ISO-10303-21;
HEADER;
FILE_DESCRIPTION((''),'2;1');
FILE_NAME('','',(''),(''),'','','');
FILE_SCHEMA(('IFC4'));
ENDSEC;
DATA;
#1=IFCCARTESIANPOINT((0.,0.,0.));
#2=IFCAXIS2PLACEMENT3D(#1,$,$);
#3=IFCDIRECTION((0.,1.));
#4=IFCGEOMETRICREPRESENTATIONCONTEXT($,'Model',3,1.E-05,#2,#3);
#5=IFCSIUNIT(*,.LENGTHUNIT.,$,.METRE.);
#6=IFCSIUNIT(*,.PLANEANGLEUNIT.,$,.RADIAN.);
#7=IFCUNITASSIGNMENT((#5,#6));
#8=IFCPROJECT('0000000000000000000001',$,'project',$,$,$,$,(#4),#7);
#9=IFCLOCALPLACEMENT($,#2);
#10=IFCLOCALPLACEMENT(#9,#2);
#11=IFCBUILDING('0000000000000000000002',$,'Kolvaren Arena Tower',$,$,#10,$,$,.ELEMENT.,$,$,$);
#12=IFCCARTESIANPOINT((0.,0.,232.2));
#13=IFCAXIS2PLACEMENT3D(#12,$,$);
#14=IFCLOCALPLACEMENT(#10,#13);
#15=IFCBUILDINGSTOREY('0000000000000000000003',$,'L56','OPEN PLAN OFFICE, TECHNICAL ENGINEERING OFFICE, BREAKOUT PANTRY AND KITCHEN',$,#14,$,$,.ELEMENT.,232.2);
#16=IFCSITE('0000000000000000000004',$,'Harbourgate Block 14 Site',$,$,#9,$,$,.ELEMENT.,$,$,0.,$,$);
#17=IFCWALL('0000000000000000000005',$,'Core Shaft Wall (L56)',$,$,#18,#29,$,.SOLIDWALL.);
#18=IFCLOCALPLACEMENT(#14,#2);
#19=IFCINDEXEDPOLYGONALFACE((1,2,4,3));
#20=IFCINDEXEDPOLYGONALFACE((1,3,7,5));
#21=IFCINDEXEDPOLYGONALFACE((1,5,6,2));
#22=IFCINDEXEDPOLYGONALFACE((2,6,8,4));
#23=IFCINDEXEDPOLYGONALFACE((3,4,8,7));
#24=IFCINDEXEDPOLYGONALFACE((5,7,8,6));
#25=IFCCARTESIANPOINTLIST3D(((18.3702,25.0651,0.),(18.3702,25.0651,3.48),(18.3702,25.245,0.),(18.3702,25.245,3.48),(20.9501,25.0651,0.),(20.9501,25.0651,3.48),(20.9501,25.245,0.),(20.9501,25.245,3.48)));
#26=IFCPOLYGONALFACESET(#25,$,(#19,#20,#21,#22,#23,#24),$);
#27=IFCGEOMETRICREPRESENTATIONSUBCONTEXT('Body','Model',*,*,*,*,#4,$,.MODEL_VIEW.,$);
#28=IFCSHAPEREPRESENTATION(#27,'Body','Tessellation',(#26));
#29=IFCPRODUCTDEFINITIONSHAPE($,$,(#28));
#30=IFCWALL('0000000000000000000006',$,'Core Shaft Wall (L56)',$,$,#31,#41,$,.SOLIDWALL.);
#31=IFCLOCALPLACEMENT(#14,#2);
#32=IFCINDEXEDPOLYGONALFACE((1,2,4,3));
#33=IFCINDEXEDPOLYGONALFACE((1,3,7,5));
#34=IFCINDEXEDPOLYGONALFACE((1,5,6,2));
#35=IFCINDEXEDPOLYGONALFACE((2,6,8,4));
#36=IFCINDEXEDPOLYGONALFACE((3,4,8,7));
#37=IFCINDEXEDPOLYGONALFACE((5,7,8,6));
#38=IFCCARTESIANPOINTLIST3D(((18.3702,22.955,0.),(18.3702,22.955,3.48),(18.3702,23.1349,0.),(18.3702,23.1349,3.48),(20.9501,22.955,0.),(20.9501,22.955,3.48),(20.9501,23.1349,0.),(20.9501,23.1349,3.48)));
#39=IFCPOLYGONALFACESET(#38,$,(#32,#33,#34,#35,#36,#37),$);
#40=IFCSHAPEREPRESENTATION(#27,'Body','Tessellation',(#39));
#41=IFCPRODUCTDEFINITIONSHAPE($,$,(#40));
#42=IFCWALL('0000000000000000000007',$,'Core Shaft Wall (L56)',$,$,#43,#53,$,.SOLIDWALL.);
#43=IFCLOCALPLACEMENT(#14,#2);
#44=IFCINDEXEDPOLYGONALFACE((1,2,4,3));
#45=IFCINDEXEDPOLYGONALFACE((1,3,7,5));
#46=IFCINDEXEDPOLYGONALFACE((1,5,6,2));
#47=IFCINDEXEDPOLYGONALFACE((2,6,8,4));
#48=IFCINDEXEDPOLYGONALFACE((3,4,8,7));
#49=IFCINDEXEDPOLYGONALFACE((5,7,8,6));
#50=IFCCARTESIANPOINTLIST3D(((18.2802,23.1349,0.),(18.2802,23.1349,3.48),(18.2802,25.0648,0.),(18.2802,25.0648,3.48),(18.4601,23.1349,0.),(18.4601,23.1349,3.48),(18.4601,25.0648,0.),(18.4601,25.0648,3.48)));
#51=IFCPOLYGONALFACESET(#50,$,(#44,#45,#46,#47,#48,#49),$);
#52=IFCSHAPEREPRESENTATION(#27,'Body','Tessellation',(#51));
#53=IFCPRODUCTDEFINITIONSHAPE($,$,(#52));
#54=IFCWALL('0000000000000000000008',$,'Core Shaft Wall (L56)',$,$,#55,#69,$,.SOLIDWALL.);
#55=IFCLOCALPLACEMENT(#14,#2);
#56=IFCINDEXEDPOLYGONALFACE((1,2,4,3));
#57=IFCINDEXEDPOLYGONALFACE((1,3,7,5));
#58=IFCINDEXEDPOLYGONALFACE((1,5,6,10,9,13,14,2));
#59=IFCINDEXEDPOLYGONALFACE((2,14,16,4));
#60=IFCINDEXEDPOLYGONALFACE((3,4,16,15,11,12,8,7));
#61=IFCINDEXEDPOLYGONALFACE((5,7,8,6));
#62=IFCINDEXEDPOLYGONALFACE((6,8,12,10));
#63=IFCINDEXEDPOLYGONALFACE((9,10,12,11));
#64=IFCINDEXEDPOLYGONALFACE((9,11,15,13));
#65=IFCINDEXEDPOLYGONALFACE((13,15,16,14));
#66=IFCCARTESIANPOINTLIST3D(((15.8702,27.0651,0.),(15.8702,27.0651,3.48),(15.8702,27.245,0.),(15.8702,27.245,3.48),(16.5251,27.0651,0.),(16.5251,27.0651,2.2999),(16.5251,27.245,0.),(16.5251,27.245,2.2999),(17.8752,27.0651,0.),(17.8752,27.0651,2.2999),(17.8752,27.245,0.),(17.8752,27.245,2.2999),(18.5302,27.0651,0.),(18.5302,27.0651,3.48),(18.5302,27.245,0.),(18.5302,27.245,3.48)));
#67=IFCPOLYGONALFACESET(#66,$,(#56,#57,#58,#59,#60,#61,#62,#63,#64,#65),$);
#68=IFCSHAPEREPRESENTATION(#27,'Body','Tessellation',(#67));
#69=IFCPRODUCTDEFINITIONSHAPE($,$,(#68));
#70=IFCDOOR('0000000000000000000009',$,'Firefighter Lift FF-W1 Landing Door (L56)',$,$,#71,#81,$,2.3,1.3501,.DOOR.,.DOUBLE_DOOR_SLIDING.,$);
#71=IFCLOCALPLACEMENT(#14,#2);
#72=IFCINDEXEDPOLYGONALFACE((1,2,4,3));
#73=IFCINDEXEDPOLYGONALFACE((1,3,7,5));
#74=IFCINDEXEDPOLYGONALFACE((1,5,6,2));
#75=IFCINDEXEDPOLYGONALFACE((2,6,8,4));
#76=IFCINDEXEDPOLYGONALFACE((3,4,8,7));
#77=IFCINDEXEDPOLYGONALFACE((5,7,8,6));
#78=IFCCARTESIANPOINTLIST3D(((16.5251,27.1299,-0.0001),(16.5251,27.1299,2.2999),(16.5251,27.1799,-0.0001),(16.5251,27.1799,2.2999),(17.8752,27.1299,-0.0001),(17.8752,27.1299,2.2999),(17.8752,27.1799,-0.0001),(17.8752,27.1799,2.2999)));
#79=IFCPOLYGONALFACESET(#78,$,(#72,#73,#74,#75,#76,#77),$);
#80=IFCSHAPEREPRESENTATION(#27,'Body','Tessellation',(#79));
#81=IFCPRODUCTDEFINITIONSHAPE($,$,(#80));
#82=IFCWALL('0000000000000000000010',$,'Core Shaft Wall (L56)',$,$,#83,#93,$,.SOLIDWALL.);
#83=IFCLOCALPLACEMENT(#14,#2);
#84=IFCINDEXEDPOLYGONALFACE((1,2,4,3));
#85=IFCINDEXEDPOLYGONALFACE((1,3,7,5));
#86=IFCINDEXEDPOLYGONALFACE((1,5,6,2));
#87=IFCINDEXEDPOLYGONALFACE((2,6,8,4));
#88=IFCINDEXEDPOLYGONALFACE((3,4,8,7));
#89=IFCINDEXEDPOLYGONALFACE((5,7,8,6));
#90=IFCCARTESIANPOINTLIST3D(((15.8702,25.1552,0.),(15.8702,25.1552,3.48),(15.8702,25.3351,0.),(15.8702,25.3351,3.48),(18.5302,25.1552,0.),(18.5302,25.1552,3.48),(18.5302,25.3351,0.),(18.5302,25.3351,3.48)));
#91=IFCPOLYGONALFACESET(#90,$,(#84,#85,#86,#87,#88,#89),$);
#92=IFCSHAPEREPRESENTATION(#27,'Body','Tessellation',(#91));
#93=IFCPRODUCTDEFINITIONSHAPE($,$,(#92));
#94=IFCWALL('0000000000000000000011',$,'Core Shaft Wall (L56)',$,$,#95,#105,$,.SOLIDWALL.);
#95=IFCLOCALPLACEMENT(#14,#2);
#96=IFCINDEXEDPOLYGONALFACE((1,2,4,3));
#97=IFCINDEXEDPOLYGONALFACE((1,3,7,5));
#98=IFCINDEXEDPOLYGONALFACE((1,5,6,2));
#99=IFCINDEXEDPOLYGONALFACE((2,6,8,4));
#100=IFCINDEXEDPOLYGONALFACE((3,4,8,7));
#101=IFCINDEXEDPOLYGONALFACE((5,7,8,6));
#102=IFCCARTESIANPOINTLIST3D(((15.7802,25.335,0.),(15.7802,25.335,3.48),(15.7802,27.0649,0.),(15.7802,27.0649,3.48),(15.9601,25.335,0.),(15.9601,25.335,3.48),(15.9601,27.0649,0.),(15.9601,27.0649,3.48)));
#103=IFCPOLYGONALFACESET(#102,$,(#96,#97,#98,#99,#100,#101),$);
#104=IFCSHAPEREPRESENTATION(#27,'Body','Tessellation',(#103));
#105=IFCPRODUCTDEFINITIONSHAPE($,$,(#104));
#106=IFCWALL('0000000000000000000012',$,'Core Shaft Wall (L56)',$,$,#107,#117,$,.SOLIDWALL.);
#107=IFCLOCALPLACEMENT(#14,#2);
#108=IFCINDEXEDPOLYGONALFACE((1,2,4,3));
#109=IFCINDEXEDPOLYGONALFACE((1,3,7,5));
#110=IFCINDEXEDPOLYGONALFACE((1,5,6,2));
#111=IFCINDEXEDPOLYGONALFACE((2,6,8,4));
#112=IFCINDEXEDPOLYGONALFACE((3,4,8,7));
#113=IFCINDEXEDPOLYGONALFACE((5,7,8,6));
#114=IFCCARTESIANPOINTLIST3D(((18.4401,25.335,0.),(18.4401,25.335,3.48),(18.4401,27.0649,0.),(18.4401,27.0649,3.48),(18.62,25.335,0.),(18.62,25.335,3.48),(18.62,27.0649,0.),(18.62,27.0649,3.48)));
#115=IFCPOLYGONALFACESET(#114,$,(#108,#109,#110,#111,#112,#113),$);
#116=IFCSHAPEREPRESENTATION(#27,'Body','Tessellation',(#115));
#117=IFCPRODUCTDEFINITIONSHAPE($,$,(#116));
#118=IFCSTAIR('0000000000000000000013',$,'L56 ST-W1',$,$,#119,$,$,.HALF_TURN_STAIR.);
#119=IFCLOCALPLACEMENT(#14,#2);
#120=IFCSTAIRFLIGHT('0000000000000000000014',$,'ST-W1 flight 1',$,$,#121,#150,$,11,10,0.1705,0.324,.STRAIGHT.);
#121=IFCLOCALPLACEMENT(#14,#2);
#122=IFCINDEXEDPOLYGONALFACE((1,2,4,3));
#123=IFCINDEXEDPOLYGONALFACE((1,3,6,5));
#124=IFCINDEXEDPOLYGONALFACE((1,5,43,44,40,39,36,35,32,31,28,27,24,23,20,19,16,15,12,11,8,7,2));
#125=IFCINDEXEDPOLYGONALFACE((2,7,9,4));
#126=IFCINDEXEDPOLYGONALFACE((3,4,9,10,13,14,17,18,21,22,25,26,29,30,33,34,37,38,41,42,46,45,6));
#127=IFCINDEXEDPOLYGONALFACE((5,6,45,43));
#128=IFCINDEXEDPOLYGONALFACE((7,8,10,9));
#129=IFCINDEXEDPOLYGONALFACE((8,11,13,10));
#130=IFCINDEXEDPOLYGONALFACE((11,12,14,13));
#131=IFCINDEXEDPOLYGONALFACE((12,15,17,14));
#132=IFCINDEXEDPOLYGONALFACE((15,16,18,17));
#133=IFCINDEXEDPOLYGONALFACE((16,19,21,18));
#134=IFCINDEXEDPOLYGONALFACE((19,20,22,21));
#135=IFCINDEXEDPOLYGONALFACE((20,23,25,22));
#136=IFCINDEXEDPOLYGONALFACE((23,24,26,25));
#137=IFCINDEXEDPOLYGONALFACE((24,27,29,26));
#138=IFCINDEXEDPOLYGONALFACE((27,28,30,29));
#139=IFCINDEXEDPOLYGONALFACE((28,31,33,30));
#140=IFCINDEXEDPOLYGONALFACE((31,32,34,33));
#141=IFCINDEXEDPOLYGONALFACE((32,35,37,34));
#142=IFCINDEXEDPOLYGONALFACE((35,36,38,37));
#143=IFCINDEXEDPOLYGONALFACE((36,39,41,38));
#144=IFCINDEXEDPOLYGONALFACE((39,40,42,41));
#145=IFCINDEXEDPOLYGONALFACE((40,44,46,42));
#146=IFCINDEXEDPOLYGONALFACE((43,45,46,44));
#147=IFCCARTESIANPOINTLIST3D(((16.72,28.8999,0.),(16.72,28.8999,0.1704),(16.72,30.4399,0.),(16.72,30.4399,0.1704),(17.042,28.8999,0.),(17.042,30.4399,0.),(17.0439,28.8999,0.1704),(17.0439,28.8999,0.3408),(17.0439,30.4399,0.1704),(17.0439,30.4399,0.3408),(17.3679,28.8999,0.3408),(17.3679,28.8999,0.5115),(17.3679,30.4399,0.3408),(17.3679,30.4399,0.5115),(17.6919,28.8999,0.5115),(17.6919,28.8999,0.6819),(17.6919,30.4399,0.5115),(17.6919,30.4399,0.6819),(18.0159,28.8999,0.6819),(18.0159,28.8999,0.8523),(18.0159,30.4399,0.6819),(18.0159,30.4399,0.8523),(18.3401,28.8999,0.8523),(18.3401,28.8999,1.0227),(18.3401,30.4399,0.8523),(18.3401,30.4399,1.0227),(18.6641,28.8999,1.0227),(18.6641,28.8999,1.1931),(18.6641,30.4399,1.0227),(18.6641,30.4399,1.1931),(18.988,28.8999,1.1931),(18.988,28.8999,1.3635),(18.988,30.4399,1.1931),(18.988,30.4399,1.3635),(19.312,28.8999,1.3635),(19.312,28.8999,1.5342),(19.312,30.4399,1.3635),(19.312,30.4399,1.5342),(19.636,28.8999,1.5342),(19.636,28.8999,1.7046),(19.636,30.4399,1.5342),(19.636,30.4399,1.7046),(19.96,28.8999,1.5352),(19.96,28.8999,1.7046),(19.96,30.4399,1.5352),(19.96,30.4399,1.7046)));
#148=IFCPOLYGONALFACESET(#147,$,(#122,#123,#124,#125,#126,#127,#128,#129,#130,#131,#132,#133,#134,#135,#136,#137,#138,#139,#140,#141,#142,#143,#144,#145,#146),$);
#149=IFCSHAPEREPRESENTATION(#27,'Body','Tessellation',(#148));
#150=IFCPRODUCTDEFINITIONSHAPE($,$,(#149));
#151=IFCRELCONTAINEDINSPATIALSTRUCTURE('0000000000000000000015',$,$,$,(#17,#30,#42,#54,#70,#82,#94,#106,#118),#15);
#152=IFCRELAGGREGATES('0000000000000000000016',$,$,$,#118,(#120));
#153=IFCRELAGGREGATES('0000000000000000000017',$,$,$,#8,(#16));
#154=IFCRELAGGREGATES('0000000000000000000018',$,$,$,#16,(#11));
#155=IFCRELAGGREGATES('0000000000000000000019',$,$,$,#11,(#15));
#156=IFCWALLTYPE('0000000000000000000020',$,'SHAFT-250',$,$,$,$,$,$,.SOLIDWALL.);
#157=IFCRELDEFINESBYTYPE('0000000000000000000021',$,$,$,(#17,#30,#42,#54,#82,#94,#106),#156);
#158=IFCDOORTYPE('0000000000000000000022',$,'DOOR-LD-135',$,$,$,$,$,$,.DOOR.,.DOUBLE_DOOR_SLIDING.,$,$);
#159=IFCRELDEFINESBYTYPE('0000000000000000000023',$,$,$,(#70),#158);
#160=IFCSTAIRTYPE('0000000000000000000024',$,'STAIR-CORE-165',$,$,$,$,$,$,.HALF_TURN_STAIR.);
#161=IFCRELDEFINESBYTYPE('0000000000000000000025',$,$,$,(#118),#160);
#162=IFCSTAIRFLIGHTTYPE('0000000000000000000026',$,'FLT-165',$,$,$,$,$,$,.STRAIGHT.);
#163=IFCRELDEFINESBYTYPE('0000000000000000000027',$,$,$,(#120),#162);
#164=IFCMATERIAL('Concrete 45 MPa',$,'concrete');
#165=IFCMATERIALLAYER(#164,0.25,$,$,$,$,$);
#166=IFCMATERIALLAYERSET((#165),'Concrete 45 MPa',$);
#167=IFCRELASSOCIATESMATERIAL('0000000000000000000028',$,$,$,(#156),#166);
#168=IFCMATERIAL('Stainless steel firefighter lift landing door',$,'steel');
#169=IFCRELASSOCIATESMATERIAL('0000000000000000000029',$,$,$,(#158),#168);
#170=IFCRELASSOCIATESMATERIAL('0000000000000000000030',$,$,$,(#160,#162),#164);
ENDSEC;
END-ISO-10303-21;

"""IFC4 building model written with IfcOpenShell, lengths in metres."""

from ifc_helpers import new_model, si_unit, direction, frame, frame_2d, origin, place, context, subcontext, project, spatial, polyline, rectangle, outline, extrude, material, layer, layer_set, type_object, element, fill, aggregate, save


model = new_model("IFC4")

# Units and contexts
model_context = context("Model", 3, precision=1e-05, world=origin(), true_north=direction((0.0, 1.0)))
body_context = subcontext(model_context, "Body", "Model", "MODEL_VIEW")
ifc_project = project(units=[si_unit("LENGTHUNIT", "METRE"), si_unit("PLANEANGLEUNIT", "RADIAN")], contexts=[model_context])

# Site, building, storey
site_placement = place(None, origin())
site = spatial("IfcSite", under=ifc_project, at=site_placement, Name="Harbourgate Block 14 Site", CompositionType="ELEMENT", RefElevation=0.0)
building_placement = place(site_placement, origin())
building = spatial("IfcBuilding", under=site, at=building_placement, Name="Kolvaren Arena Tower", CompositionType="ELEMENT")
storey_placement = place(building_placement, frame((0.0, 0.0, 232.2)))
storey = spatial("IfcBuildingStorey", under=building, at=storey_placement, Name="L56", Description="OPEN PLAN OFFICE, TECHNICAL ENGINEERING OFFICE, BREAKOUT PANTRY AND KITCHEN", CompositionType="ELEMENT", Elevation=232.2)

# Walls
ifc_material_1 = material(Name="Concrete 45 MPa", Category="concrete")
ifc_layer_1 = layer(ifc_material_1, 0.25)
ifc_layer_set_1 = layer_set([ifc_layer_1], Name="Concrete 45 MPa")
wall_type_1 = type_object("IfcWallType", Name="SHAFT-250", PredefinedType="SOLIDWALL", material=ifc_layer_set_1)
for number, where, z_axis, x_axis, name in (
    (1, (18.3701, 25.155, 0.0), (0.0, 0.0, 1.0), (1.0, 0.0, 0.0), "Core Shaft Wall (L56)"),
    (2, (18.3701, 23.0449, 0.0), (0.0, 0.0, 1.0), (1.0, 0.0, 0.0), "Core Shaft Wall (L56)"),
):
    element("IfcWall", number, at=place(storey_placement, frame(where, z_axis=z_axis, x_axis=x_axis)), inside=storey, type_object=wall_type_1, Name=name, PredefinedType="SOLIDWALL", context=body_context, shape_type="SweptSolid", body=[
        extrude(rectangle(XDim=2.5798, YDim=0.1799, at=frame_2d((1.29, 0.0))), origin(), (0.0, 0.0, 1.0), 3.48),
    ])
wall_1_placement = place(storey_placement, frame((18.3701, 23.135, 0.0), z_axis=(0.0, 0.0, 1.0), x_axis=(0.0, 1.0, 0.0)))
element("IfcWall", 3, at=wall_1_placement, inside=storey, type_object=wall_type_1, Name="Core Shaft Wall (L56)", PredefinedType="SOLIDWALL", context=body_context, shape_type="SweptSolid", body=[
    extrude(rectangle(XDim=1.9299, YDim=0.1799, at=frame_2d((0.9648, 0.0))), origin(), (0.0, 0.0, 1.0), 3.48),
])

# Wall, opening, door
wall_2_placement = place(storey_placement, frame((15.8701, 27.155, 0.0), z_axis=(0.0, 0.0, 1.0), x_axis=(1.0, 0.0, 0.0)))
wall_2 = element("IfcWall", 4, at=wall_2_placement, inside=storey, type_object=wall_type_1, Name="Core Shaft Wall (L56)", PredefinedType="SOLIDWALL", context=body_context, shape_type="SweptSolid", body=[
    extrude(rectangle(XDim=2.6599, YDim=0.1799, at=frame_2d((1.3301, 0.0))), origin(), (0.0, 0.0, 1.0), 3.48),
])
opening_1_placement = place(wall_2_placement, frame((0.655, 0.0, 0.0)))
opening_1 = element("IfcOpeningElement", 5, at=opening_1_placement, cuts=wall_2, PredefinedType="OPENING", context=body_context, shape_type="SweptSolid", body=[
    extrude(rectangle(XDim=1.3501, YDim=2.3, at=frame_2d((0.675, 1.1499))), frame((0.0, 0.0999, 0.0), z_axis=(0.0, -1.0, 0.0), x_axis=(1.0, 0.0, 0.0)), (0.0, 0.0, 1.0), 0.2),
])
ifc_material_2 = material(Name="Stainless steel firefighter lift landing door", Category="steel")
door_type_1 = type_object("IfcDoorType", Name="DOOR-LD-135", OperationType="DOUBLE_DOOR_SLIDING", PredefinedType="DOOR", material=ifc_material_2)
door_1_placement = place(opening_1_placement, origin())
door_1 = element("IfcDoor", 6, at=door_1_placement, inside=storey, type_object=door_type_1, Name="Firefighter Lift FF-W1 Landing Door (L56)", OperationType="DOUBLE_DOOR_SLIDING", OverallHeight=2.3, OverallWidth=1.3501, PredefinedType="DOOR", context=body_context, shape_type="SweptSolid", body=[
    extrude(rectangle(XDim=1.3501, YDim=2.3, at=frame_2d((0.675, 1.1499))), frame((0.0, 0.0249, 0.0), z_axis=(0.0, -1.0, 0.0), x_axis=(1.0, 0.0, 0.0)), (0.0, 0.0, 1.0), 0.05),
])
fill(opening_1, door_1)

# Walls
wall_3_placement = place(storey_placement, frame((15.8701, 25.2451, 0.0), z_axis=(0.0, 0.0, 1.0), x_axis=(1.0, 0.0, 0.0)))
element("IfcWall", 7, at=wall_3_placement, inside=storey, type_object=wall_type_1, Name="Core Shaft Wall (L56)", PredefinedType="SOLIDWALL", context=body_context, shape_type="SweptSolid", body=[
    extrude(rectangle(XDim=2.6599, YDim=0.1799, at=frame_2d((1.3301, 0.0))), origin(), (0.0, 0.0, 1.0), 3.48),
])
for number, where, z_axis, x_axis, name in (
    (8, (15.8701, 25.335, 0.0), (0.0, 0.0, 1.0), (0.0, 1.0, 0.0), "Core Shaft Wall (L56)"),
    (9, (18.53, 25.335, 0.0), (0.0, 0.0, 1.0), (0.0, 1.0, 0.0), "Core Shaft Wall (L56)"),
):
    element("IfcWall", number, at=place(storey_placement, frame(where, z_axis=z_axis, x_axis=x_axis)), inside=storey, type_object=wall_type_1, Name=name, PredefinedType="SOLIDWALL", context=body_context, shape_type="SweptSolid", body=[
        extrude(rectangle(XDim=1.73, YDim=0.1799, at=frame_2d((0.865, 0.0))), origin(), (0.0, 0.0, 1.0), 3.48),
    ])

# Stair, stair flight
stair_type = type_object("IfcStairType", Name="STAIR-CORE-165", PredefinedType="HALF_TURN_STAIR", material=ifc_material_1)
stair_placement = place(storey_placement, origin())
stair = element("IfcStair", 10, at=stair_placement, inside=storey, type_object=stair_type, Name="L56 ST-W1", PredefinedType="HALF_TURN_STAIR")
stair_flight_type = type_object("IfcStairFlightType", Name="FLT-165", PredefinedType="STRAIGHT", material=ifc_material_1)
stair_flight_placement = place(storey_placement, frame((16.72, 29.6699, 0.0), z_axis=(0.0, 0.0, 1.0), x_axis=(1.0, 0.0, 0.0)))
stair_flight = element("IfcStairFlight", 11, at=stair_flight_placement, type_object=stair_flight_type, Name="ST-W1 flight 1", NumberOfRisers=11, NumberOfTreads=10, PredefinedType="STRAIGHT", RiserHeight=0.1705, TreadLength=0.324, context=body_context, shape_type="SweptSolid", body=[
    extrude(outline(polyline([(0.0, 0.0), (0.0, 0.1704), (0.324, 0.1704), (0.324, 0.3408), (0.6479, 0.3408), (0.6479, 0.5115), (0.9719, 0.5115), (0.9719, 0.6819), (1.2959, 0.6819), (1.2959, 0.8523), (1.6201, 0.8523), (1.6201, 1.0227), (1.9441, 1.0227), (1.9441, 1.1931), (2.2681, 1.1931), (2.2681, 1.3635), (2.592, 1.3635), (2.592, 1.5342), (2.916, 1.5342), (2.916, 1.7046), (3.24, 1.7046), (3.24, 1.875), (3.24, 1.5352), (0.322, 0.0), (0.0, 0.0)])), frame((0.0, 0.77, 0.0), z_axis=(0.0, -1.0, 0.0), x_axis=(1.0, 0.0, 0.0)), (0.0, 0.0, 1.0), 1.54),
])
aggregate(stair, [stair_flight])

save(model, "model.ifc")
